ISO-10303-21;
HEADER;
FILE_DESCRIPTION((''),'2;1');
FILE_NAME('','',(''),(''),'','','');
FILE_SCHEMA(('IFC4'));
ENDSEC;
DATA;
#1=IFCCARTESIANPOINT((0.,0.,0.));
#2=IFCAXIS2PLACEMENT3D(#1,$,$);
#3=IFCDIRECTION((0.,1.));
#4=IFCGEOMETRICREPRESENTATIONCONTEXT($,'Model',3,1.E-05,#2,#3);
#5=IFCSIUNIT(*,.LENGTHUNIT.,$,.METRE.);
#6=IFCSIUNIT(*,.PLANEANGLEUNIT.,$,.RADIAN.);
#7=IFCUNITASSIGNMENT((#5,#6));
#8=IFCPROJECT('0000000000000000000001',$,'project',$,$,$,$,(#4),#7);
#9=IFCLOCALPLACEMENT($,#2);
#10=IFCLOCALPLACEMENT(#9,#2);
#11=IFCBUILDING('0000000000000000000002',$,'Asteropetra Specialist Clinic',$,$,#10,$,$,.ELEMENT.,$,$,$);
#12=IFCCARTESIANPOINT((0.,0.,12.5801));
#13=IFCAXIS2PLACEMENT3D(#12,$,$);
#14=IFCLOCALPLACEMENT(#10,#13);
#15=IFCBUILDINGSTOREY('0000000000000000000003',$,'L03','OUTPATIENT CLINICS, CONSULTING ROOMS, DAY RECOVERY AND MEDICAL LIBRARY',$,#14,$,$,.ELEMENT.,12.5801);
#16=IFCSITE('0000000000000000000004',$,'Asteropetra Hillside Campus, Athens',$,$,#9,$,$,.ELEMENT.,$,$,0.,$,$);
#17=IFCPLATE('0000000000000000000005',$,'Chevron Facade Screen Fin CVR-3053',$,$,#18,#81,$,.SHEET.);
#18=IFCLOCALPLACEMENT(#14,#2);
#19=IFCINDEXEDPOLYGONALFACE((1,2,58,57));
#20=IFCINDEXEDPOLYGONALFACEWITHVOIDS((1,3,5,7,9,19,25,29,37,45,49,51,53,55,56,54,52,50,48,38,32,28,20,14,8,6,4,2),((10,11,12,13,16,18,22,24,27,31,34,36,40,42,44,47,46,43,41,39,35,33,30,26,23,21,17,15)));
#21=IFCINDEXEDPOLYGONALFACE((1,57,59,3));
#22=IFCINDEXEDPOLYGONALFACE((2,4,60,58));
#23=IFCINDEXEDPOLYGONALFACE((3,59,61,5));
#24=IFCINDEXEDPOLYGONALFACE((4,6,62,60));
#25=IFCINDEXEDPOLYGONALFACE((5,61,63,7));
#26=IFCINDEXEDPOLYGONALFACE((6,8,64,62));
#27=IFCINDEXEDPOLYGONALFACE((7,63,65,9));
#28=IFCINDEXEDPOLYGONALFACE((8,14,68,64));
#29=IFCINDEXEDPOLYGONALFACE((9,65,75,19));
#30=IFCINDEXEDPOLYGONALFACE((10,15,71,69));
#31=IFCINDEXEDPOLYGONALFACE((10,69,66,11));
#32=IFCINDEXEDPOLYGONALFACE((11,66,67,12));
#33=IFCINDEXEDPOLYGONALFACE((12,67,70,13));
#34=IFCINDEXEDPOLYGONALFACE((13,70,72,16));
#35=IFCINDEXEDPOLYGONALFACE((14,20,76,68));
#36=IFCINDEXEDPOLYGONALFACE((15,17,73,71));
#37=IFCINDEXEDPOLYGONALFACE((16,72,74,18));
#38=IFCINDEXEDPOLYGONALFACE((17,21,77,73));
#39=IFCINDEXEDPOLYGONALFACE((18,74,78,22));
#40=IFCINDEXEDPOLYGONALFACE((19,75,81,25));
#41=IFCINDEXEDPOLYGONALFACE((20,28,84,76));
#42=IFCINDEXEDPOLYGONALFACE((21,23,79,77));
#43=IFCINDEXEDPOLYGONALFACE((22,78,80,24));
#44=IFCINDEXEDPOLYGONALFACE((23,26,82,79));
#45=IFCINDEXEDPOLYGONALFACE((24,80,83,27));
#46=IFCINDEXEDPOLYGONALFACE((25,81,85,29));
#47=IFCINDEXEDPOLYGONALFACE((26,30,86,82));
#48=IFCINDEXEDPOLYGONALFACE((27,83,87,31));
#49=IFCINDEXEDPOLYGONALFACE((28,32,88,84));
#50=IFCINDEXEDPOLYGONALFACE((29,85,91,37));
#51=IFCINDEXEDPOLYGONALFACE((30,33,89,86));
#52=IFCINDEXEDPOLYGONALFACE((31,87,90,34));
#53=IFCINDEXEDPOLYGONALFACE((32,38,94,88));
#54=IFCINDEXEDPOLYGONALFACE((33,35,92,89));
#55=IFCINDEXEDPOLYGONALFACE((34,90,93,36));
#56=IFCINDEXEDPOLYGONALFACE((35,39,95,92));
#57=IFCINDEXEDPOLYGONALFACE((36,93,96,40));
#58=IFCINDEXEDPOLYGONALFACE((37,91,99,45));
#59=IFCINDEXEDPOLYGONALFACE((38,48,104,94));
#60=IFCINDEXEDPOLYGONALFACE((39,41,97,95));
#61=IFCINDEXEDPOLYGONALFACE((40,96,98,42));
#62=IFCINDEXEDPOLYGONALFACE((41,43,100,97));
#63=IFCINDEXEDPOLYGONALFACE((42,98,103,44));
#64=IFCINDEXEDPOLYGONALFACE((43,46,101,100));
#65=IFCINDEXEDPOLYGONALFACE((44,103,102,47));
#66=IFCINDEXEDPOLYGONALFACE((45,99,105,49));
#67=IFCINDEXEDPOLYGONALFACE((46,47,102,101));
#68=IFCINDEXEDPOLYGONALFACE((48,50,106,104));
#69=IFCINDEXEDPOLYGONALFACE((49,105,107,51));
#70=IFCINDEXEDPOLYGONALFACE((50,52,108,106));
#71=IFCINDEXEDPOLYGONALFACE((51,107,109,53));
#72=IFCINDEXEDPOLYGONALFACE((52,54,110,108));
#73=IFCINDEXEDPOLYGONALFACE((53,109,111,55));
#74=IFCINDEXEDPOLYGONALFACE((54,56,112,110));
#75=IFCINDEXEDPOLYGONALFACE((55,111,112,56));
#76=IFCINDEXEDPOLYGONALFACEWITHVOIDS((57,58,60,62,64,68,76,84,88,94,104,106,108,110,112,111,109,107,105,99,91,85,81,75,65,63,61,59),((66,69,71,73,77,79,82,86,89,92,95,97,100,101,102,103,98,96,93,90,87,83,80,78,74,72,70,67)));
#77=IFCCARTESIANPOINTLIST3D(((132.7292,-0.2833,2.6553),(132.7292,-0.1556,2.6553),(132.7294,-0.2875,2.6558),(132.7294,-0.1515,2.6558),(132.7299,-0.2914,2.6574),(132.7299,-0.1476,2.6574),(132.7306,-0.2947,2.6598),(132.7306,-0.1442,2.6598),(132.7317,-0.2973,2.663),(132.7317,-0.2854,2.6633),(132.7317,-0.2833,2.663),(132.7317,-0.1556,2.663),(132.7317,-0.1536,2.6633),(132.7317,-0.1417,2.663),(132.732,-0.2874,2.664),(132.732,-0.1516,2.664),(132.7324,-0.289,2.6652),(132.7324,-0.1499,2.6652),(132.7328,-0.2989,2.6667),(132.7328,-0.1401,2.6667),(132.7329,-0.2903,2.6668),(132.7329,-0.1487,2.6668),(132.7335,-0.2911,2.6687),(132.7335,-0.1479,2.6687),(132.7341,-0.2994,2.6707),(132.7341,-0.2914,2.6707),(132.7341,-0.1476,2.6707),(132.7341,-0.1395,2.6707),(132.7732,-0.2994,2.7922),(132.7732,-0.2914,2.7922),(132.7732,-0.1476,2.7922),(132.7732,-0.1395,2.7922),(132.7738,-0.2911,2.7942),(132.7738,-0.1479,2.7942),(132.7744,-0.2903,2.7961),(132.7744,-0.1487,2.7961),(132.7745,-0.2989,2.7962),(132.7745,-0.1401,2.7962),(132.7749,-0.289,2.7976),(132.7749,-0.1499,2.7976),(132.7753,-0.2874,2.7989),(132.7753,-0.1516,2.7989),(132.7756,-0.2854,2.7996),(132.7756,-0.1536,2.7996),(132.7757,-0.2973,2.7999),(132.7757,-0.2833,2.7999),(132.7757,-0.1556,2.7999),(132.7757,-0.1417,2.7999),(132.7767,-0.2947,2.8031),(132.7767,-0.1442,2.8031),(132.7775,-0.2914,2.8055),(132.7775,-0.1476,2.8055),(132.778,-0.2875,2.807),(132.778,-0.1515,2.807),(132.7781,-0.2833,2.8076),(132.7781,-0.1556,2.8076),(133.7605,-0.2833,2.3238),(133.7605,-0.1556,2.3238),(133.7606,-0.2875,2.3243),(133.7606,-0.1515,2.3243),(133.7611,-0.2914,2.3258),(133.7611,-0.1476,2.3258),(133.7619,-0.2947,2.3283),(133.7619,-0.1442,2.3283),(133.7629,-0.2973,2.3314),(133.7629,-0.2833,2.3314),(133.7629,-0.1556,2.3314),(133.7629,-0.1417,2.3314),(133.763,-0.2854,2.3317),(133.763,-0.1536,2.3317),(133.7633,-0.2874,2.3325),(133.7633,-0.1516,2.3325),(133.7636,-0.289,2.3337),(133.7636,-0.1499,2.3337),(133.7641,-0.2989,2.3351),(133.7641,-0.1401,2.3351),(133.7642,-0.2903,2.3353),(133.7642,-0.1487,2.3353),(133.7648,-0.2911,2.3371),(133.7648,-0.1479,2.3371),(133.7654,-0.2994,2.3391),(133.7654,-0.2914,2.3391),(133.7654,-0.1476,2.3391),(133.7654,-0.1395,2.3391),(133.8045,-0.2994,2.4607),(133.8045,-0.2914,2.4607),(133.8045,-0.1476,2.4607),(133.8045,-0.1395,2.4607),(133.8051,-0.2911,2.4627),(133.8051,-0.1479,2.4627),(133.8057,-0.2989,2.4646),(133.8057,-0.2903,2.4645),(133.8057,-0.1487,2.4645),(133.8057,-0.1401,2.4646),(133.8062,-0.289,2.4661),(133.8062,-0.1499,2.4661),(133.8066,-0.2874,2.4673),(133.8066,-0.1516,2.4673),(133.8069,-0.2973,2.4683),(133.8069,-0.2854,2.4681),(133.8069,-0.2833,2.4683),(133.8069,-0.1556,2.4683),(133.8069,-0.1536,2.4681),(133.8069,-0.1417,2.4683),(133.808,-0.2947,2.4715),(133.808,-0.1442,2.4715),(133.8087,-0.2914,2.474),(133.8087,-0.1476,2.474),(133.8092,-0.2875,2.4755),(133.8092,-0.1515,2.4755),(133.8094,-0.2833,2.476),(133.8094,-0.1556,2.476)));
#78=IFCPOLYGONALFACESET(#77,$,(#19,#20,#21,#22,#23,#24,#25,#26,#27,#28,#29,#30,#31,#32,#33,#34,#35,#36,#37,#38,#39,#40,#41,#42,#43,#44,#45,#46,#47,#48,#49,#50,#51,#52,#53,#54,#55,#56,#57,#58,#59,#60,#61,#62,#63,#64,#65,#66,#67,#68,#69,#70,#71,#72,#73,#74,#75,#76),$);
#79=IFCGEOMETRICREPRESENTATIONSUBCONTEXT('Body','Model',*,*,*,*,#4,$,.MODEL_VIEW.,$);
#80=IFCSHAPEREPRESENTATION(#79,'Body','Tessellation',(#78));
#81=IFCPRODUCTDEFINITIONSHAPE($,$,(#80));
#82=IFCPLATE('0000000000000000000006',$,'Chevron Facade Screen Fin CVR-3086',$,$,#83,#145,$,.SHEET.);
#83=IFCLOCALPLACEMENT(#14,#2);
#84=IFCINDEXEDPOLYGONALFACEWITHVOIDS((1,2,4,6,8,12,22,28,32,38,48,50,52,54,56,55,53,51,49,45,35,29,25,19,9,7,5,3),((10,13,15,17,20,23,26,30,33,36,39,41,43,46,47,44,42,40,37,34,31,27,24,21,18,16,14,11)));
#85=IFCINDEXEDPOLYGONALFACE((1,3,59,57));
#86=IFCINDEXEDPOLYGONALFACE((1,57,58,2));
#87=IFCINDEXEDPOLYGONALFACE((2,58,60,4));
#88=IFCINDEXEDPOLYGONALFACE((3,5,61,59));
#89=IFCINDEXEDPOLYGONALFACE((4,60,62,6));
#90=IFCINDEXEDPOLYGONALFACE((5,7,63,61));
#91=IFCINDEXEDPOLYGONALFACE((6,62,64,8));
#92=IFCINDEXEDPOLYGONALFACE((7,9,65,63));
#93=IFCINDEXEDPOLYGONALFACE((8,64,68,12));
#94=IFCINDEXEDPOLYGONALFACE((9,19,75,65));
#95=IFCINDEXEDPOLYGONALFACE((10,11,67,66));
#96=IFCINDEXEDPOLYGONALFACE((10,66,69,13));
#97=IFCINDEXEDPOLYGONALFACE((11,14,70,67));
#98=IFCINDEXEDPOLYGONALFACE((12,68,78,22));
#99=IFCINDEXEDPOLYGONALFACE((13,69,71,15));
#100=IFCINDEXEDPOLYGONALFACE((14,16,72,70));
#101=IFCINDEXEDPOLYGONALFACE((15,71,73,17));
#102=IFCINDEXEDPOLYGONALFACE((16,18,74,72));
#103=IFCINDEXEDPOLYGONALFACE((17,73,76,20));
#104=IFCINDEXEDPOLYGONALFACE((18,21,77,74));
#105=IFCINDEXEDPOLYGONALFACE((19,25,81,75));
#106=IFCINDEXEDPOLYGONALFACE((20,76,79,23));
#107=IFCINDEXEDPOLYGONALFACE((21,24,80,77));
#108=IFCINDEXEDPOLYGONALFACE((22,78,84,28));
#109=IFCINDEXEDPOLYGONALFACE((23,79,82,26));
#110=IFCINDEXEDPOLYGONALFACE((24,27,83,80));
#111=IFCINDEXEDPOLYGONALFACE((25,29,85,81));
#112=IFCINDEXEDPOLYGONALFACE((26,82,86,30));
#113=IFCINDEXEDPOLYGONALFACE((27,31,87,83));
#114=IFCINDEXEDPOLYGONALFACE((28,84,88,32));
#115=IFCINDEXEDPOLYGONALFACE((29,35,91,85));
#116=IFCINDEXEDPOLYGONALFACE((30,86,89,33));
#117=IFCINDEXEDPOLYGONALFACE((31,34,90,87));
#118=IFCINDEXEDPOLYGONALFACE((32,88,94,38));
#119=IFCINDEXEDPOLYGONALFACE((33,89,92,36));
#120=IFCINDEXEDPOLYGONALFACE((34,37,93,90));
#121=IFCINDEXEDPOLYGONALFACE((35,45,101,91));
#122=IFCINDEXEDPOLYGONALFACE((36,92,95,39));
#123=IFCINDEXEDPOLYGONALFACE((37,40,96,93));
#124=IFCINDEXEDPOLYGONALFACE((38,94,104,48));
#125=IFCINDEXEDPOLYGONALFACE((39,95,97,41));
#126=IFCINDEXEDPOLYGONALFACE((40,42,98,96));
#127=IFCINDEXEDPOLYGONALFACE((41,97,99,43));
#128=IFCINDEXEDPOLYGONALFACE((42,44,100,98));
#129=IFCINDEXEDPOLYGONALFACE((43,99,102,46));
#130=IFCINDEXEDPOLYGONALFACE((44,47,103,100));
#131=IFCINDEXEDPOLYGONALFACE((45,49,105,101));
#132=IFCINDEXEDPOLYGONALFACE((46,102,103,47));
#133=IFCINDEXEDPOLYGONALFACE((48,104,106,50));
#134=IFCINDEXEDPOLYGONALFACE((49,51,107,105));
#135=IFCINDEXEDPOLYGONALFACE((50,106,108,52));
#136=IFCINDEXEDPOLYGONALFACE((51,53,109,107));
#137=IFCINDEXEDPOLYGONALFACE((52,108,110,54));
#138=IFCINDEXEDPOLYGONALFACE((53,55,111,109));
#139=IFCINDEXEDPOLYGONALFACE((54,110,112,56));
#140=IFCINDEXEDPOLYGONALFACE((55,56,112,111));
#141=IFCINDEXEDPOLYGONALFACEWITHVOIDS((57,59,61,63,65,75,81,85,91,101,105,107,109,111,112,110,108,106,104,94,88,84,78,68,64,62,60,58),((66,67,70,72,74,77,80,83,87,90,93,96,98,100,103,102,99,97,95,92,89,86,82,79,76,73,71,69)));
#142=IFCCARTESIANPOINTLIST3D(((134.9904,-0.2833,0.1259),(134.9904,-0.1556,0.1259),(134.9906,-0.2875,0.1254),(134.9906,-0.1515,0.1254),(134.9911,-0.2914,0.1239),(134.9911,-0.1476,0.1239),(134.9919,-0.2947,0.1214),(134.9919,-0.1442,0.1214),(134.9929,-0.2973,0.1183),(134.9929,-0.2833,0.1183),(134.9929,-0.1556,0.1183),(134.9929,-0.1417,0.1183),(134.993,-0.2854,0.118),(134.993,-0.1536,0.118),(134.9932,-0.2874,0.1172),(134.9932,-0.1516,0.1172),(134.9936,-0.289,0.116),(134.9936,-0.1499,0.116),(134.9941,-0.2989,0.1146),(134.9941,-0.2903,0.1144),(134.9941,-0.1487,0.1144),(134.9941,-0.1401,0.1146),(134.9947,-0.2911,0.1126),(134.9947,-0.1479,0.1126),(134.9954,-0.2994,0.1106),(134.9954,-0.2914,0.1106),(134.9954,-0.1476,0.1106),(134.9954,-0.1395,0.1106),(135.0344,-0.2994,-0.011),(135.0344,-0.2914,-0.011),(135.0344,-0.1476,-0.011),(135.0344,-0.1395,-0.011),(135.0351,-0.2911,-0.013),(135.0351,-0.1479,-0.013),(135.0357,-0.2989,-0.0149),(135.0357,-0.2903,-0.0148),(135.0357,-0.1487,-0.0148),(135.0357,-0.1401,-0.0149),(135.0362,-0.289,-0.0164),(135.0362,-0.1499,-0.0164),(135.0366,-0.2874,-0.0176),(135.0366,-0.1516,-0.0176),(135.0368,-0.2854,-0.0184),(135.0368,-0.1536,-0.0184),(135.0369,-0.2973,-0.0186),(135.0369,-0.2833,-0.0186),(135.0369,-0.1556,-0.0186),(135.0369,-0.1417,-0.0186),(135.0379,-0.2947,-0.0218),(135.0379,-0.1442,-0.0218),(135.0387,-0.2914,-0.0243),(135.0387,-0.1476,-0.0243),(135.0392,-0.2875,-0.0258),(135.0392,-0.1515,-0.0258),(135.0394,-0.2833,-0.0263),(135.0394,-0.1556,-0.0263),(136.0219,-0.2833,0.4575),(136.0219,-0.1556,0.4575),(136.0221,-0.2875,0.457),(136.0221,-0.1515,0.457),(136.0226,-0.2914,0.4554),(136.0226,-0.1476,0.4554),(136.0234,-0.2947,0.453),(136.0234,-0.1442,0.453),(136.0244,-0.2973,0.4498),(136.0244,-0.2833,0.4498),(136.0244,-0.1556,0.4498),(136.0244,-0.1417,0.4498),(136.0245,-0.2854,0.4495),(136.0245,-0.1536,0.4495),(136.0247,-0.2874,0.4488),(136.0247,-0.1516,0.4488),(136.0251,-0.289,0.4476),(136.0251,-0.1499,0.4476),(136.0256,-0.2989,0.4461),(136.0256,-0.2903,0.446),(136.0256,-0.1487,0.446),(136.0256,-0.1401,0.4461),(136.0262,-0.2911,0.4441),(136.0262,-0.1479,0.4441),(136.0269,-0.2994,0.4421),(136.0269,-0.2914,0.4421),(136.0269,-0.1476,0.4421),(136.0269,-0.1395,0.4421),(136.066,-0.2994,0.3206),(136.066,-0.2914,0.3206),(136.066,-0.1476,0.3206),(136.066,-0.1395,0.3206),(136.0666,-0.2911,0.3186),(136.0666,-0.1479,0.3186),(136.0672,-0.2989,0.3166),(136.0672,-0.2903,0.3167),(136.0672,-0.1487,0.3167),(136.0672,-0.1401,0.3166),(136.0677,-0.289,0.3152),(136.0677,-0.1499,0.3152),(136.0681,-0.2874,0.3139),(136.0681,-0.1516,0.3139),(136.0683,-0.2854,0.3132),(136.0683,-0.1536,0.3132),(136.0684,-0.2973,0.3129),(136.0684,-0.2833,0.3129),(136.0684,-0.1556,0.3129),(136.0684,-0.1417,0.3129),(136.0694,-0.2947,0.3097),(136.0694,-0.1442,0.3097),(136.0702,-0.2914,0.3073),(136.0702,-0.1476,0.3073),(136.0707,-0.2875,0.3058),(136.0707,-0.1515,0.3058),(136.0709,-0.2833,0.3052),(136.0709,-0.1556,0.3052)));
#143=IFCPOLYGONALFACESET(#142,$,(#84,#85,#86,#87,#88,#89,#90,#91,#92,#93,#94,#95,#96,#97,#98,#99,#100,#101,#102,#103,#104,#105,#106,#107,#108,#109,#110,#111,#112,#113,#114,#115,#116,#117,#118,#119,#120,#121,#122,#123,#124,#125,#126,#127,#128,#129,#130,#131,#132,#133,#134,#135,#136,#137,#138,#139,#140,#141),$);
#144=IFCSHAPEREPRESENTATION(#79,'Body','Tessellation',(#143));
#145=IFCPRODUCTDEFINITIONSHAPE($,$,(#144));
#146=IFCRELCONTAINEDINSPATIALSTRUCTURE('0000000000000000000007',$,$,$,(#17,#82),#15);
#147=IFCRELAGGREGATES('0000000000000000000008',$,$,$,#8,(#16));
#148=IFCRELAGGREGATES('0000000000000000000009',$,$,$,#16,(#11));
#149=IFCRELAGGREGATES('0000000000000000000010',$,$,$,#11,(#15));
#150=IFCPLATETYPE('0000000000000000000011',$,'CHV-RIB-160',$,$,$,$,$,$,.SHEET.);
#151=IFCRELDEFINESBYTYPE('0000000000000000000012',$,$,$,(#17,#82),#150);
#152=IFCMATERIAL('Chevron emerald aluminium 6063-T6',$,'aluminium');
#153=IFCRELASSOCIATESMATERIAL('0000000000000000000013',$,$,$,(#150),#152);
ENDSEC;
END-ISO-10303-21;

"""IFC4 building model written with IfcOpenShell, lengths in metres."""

from ifc_helpers import new_model, si_unit, direction, frame, origin, origin_2d, place, context, subcontext, project, spatial, hollow_rectangle, extrude, material, material_profile, profile_set, type_object, element, save


model = new_model("IFC4")

# Units and contexts
model_context = context("Model", 3, precision=1e-05, world=origin(), true_north=direction((0.0, 1.0)))
body_context = subcontext(model_context, "Body", "Model", "MODEL_VIEW")
ifc_project = project(units=[si_unit("LENGTHUNIT", "METRE"), si_unit("PLANEANGLEUNIT", "RADIAN")], contexts=[model_context])

# Site, building, storey
site_placement = place(None, origin())
site = spatial("IfcSite", under=ifc_project, at=site_placement, Name="Asteropetra Hillside Campus, Athens", CompositionType="ELEMENT", RefElevation=0.0)
building_placement = place(site_placement, origin())
building = spatial("IfcBuilding", under=site, at=building_placement, Name="Asteropetra Specialist Clinic", CompositionType="ELEMENT")
storey_placement = place(building_placement, frame((0.0, 0.0, 12.5801)))
storey = spatial("IfcBuildingStorey", under=building, at=storey_placement, Name="L03", Description="OUTPATIENT CLINICS, CONSULTING ROOMS, DAY RECOVERY AND MEDICAL LIBRARY", CompositionType="ELEMENT", Elevation=12.5801)

# Plates
ifc_material_1 = material(Name="Chevron emerald aluminium 6063-T6", Category="aluminium")
ifc_material_profile_1 = material_profile(ifc_material_1, hollow_rectangle(XDim=0.1599, YDim=0.1599, WallThickness=0.0081, InnerFilletRadius=0.0081, OuterFilletRadius=0.0161, at=origin_2d()), Name="SHS 160x160x8.0")
ifc_profile_set_1 = profile_set([ifc_material_profile_1], Name="Chevron emerald aluminium 6063-T6")
plate_type_1 = type_object("IfcPlateType", Name="CHV-RIB-160", PredefinedType="SHEET", material=ifc_profile_set_1)
for number, where, z_axis, x_axis, name in (
    (1, (132.7537, -0.2195, 2.7314), (0.95201, 0.0, -0.306068), (0.0, 1.0, 0.0), "Chevron Facade Screen Fin CVR-3053"),
):
    element("IfcPlate", number, at=place(storey_placement, frame(where, z_axis=z_axis, x_axis=x_axis)), inside=storey, type_object=plate_type_1, Name=name, PredefinedType="SHEET", context=body_context, shape_type="SweptSolid", body=[
        extrude(hollow_rectangle(XDim=0.1599, YDim=0.1599, WallThickness=0.0081, InnerFilletRadius=0.0081, OuterFilletRadius=0.0161, at=origin_2d()), origin(), (0.0, 0.0, 1.0), 1.0833),
    ])
plate_1_placement = place(storey_placement, frame((135.0149, -0.2195, 0.0498), z_axis=(0.952031, 0.0, 0.306002), x_axis=(0.0, 1.0, 0.0)))
element("IfcPlate", 2, at=plate_1_placement, inside=storey, type_object=plate_type_1, Name="Chevron Facade Screen Fin CVR-3086", PredefinedType="SHEET", context=body_context, shape_type="SweptSolid", body=[
    extrude(hollow_rectangle(XDim=0.1599, YDim=0.1599, WallThickness=0.0081, InnerFilletRadius=0.0081, OuterFilletRadius=0.0161, at=origin_2d()), origin(), (0.0, 0.0, 1.0), 1.0835),
])

save(model, "model.ifc")
